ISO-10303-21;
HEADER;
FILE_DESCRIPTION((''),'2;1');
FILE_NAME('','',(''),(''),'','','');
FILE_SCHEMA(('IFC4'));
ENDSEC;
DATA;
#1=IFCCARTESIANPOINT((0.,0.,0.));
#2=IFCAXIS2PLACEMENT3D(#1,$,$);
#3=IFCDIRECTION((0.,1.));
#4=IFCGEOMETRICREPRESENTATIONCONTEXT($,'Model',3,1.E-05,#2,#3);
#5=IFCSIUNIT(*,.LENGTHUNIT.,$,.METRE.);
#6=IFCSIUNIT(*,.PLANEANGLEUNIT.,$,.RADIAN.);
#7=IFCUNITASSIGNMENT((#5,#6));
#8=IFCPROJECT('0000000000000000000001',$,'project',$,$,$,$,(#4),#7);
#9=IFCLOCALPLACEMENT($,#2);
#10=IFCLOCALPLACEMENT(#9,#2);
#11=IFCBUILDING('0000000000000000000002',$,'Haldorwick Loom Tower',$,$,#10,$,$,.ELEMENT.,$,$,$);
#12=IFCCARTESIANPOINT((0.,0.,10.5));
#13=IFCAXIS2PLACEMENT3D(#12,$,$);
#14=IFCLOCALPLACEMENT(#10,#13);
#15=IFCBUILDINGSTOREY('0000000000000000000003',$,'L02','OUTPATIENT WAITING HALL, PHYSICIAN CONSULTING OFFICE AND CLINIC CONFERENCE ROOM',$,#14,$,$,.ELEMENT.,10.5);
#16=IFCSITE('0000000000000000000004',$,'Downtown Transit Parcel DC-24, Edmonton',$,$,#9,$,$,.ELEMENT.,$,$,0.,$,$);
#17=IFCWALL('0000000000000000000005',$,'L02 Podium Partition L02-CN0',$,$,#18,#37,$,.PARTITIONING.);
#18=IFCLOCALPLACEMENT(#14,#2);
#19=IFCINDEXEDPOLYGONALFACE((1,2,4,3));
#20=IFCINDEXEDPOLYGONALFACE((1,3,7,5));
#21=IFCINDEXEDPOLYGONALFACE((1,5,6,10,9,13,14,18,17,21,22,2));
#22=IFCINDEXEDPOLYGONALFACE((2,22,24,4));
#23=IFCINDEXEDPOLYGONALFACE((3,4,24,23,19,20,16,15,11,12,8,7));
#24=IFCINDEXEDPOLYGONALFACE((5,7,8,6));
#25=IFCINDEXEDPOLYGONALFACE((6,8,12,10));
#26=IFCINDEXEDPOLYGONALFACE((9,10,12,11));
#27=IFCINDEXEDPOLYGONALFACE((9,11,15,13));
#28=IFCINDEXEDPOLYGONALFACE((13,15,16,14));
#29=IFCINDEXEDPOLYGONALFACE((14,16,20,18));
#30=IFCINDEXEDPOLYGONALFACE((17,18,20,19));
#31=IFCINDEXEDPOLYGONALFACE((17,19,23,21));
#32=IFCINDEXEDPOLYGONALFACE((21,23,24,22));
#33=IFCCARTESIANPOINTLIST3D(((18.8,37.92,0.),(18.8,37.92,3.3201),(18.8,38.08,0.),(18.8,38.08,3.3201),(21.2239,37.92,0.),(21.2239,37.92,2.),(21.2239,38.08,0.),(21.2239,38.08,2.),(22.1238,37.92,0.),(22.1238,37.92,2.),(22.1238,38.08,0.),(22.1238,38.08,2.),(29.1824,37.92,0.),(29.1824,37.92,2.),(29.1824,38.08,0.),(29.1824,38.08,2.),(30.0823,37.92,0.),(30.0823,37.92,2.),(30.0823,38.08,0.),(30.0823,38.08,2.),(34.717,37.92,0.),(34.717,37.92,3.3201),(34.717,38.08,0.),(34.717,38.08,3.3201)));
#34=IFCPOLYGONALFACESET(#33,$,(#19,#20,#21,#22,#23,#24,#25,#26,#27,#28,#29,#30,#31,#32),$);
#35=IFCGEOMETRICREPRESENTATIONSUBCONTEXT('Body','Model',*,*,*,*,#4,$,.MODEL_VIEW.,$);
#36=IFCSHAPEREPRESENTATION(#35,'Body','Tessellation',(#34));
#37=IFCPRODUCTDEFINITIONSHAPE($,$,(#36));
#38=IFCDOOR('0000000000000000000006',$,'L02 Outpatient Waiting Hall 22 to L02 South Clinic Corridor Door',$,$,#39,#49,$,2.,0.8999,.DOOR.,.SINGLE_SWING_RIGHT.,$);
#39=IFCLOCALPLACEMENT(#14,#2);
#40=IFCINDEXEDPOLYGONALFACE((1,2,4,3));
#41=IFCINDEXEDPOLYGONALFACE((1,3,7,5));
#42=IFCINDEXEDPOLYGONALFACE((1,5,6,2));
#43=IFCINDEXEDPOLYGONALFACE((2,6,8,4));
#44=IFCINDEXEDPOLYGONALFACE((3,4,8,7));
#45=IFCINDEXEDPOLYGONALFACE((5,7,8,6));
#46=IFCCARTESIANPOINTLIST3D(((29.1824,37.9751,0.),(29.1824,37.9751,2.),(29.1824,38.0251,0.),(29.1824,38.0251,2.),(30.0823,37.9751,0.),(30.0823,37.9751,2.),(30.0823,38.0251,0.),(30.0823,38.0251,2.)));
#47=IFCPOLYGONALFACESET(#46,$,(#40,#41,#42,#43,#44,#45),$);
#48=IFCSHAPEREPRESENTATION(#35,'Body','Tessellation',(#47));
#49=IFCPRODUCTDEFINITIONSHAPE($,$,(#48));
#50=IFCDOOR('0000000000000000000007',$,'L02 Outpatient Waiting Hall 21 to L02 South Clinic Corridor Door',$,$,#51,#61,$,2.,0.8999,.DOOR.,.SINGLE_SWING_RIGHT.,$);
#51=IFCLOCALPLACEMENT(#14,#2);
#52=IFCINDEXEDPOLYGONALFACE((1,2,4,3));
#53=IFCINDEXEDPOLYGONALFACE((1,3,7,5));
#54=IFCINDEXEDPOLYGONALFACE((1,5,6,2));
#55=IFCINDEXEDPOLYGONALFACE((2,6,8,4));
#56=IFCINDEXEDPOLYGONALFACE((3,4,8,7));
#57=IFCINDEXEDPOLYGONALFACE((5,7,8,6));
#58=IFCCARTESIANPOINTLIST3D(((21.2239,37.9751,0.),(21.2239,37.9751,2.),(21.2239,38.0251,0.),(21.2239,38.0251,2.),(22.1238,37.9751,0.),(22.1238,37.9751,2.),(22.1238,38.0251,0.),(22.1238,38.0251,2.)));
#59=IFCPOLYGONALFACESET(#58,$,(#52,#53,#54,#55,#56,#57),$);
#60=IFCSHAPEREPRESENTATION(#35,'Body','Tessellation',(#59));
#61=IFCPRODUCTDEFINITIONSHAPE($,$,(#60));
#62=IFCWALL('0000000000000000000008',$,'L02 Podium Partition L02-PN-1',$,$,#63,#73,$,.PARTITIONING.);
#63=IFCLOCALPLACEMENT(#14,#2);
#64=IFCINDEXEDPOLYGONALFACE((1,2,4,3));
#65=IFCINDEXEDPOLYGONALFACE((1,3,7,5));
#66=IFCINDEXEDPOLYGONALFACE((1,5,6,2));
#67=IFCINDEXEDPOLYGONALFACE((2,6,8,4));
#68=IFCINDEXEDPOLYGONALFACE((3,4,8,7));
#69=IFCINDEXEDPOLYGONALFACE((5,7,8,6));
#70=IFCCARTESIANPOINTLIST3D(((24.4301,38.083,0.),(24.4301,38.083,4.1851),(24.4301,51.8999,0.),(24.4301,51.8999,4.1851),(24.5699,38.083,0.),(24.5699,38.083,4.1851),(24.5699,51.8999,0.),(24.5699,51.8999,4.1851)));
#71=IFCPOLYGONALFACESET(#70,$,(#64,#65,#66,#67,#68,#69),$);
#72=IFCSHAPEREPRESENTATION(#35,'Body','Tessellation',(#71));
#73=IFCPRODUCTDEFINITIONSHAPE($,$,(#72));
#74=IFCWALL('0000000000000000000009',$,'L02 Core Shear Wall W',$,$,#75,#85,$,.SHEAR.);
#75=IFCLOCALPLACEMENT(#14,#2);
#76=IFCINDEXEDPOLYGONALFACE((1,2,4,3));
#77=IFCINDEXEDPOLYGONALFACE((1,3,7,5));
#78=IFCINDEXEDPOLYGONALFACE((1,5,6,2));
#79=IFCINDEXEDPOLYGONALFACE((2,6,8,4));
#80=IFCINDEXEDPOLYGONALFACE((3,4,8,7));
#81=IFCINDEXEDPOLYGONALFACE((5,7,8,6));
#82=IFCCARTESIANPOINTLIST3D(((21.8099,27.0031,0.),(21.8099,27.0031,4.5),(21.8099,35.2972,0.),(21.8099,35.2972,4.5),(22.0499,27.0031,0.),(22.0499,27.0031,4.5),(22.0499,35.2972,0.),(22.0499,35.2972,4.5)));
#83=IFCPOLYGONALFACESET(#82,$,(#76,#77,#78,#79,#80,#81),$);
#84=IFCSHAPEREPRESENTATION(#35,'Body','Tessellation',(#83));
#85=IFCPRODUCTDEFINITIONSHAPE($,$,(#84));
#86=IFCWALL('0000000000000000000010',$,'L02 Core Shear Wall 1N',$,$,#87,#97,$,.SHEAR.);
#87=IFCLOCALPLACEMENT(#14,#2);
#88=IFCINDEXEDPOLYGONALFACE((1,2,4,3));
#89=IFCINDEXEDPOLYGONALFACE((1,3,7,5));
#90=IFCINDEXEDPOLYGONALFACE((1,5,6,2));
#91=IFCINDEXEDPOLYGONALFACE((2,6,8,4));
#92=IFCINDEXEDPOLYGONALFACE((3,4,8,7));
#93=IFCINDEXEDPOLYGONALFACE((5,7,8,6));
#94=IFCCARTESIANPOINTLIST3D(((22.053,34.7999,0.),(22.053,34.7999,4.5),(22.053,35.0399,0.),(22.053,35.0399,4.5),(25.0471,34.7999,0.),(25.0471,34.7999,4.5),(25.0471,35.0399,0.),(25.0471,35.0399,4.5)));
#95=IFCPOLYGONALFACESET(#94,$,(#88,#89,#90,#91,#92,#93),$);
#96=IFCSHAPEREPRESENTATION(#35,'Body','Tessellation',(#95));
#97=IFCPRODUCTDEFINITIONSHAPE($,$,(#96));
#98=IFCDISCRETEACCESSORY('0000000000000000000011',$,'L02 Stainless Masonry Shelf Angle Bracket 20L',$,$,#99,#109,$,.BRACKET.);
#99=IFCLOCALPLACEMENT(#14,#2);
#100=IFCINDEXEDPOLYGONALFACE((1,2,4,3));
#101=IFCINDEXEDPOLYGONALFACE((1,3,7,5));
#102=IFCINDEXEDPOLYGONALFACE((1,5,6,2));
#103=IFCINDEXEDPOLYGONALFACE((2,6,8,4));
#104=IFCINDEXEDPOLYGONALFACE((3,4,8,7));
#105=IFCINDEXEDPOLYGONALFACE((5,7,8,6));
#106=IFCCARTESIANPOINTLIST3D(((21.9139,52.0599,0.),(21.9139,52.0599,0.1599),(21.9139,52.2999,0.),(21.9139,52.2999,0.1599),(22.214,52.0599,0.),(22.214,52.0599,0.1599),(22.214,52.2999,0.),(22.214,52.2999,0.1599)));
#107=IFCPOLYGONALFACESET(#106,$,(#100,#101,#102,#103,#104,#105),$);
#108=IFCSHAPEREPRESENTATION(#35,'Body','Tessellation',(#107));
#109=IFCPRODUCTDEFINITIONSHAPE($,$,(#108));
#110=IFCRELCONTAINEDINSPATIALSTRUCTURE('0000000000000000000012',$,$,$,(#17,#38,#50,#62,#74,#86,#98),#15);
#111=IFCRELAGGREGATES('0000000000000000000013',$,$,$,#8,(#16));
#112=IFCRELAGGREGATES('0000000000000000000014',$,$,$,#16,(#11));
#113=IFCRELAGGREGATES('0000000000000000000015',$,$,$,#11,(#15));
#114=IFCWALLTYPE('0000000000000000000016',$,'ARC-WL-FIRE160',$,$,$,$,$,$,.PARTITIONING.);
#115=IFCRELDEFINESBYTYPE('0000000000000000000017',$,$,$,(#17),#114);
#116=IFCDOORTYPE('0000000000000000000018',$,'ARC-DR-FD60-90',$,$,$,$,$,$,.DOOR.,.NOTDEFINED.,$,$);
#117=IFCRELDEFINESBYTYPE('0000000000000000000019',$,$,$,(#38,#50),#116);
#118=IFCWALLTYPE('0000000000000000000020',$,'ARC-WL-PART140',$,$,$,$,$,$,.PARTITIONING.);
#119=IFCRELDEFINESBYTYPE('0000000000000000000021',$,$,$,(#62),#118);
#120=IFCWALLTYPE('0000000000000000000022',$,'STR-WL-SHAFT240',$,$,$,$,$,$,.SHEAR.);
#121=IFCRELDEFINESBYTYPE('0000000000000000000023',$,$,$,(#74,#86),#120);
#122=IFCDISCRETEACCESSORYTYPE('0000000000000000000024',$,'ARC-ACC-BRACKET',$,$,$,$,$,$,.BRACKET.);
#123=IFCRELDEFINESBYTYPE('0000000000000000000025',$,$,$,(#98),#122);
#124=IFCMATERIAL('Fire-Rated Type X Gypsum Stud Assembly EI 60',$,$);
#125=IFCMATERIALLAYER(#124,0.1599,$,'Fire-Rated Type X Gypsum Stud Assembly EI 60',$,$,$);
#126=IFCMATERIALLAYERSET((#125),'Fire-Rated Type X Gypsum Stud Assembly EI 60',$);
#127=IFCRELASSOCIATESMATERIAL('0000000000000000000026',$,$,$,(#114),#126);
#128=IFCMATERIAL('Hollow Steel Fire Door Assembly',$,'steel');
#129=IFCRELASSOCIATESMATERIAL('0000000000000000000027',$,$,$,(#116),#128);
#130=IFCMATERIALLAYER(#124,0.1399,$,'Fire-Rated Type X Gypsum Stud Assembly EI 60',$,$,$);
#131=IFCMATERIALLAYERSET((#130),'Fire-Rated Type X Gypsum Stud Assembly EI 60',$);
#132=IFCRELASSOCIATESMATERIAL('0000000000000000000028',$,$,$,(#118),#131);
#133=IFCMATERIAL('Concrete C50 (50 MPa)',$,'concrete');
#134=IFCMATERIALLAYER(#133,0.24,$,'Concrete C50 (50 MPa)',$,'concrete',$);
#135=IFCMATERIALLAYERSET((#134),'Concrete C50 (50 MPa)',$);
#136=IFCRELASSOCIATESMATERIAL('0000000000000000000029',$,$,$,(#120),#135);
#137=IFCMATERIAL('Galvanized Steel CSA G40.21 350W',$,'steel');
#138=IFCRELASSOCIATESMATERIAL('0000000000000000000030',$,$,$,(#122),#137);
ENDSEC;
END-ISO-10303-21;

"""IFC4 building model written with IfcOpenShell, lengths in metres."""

from ifc_helpers import new_model, si_unit, direction, frame, frame_2d, origin, origin_2d, place, context, subcontext, project, spatial, rectangle, extrude, material, layer, layer_set, type_object, element, fill, save


model = new_model("IFC4")

# Units and contexts
model_context = context("Model", 3, precision=1e-05, world=origin(), true_north=direction((0.0, 1.0)))
body_context = subcontext(model_context, "Body", "Model", "MODEL_VIEW")
ifc_project = project(units=[si_unit("LENGTHUNIT", "METRE"), si_unit("PLANEANGLEUNIT", "RADIAN")], contexts=[model_context])

# Site, building, storey
site_placement = place(None, origin())
site = spatial("IfcSite", under=ifc_project, at=site_placement, Name="Downtown Transit Parcel DC-24, Edmonton", CompositionType="ELEMENT", RefElevation=0.0)
building_placement = place(site_placement, origin())
building = spatial("IfcBuilding", under=site, at=building_placement, Name="Haldorwick Loom Tower", CompositionType="ELEMENT")
storey_placement = place(building_placement, frame((0.0, 0.0, 10.5)))
storey = spatial("IfcBuildingStorey", under=building, at=storey_placement, Name="L02", Description="OUTPATIENT WAITING HALL, PHYSICIAN CONSULTING OFFICE AND CLINIC CONFERENCE ROOM", CompositionType="ELEMENT", Elevation=10.5)

# Wall, openings, doors
ifc_material_1 = material(Name="Fire-Rated Type X Gypsum Stud Assembly EI 60")
ifc_layer_1 = layer(ifc_material_1, 0.1599, Name="Fire-Rated Type X Gypsum Stud Assembly EI 60")
ifc_layer_set_1 = layer_set([ifc_layer_1], Name="Fire-Rated Type X Gypsum Stud Assembly EI 60")
wall_type_1 = type_object("IfcWallType", Name="ARC-WL-FIRE160", PredefinedType="PARTITIONING", material=ifc_layer_set_1)
wall_1_placement = place(storey_placement, frame((18.8, 38.0, 0.0), z_axis=(0.0, 0.0, 1.0), x_axis=(1.0, 0.0, 0.0)))
wall_1 = element("IfcWall", 1, at=wall_1_placement, inside=storey, type_object=wall_type_1, Name="L02 Podium Partition L02-CN0", PredefinedType="PARTITIONING", context=body_context, shape_type="SweptSolid", body=[
    extrude(rectangle(XDim=15.917, YDim=0.1599, at=frame_2d((7.9585, 0.0))), origin(), (0.0, 0.0, 1.0), 3.3201),
])
opening_1_placement = place(wall_1_placement, frame((10.3823, 0.0, 0.0)))
opening_1 = element("IfcOpeningElement", 2, at=opening_1_placement, cuts=wall_1, PredefinedType="OPENING", context=body_context, shape_type="SweptSolid", body=[
    extrude(rectangle(XDim=0.8999, YDim=2.0, at=frame_2d((0.45, 1.0))), frame((0.0, 0.0898, 0.0), z_axis=(0.0, -1.0, 0.0), x_axis=(1.0, 0.0, 0.0)), (0.0, 0.0, 1.0), 0.1799),
])
opening_2_placement = place(wall_1_placement, frame((2.4238, 0.0, 0.0)))
opening_2 = element("IfcOpeningElement", 3, at=opening_2_placement, cuts=wall_1, PredefinedType="OPENING", context=body_context, shape_type="SweptSolid", body=[
    extrude(rectangle(XDim=0.8999, YDim=2.0, at=frame_2d((0.45, 1.0))), frame((0.0, 0.0898, 0.0), z_axis=(0.0, -1.0, 0.0), x_axis=(1.0, 0.0, 0.0)), (0.0, 0.0, 1.0), 0.1799),
])
ifc_material_2 = material(Name="Hollow Steel Fire Door Assembly", Category="steel")
door_type = type_object("IfcDoorType", Name="ARC-DR-FD60-90", OperationType="NOTDEFINED", PredefinedType="DOOR", material=ifc_material_2)
door_1_placement = place(opening_1_placement, frame((0.8999, 0.0, 0.0), z_axis=(0.0, 0.0, 1.0), x_axis=(-1.0, 0.0, 0.0)))
door_1 = element("IfcDoor", 4, at=door_1_placement, inside=storey, type_object=door_type, Name="L02 Outpatient Waiting Hall 22 to L02 South Clinic Corridor Door", OperationType="SINGLE_SWING_RIGHT", OverallHeight=2.0, OverallWidth=0.8999, PredefinedType="DOOR", context=body_context, shape_type="SweptSolid", body=[
    extrude(rectangle(XDim=0.8999, YDim=2.0, at=frame_2d((0.45, 1.0))), frame((0.0, 0.0249, 0.0), z_axis=(0.0, -1.0, 0.0), x_axis=(1.0, 0.0, 0.0)), (0.0, 0.0, 1.0), 0.05),
])
fill(opening_1, door_1)
door_2_placement = place(opening_2_placement, frame((0.8999, 0.0, 0.0), z_axis=(0.0, 0.0, 1.0), x_axis=(-1.0, 0.0, 0.0)))
door_2 = element("IfcDoor", 5, at=door_2_placement, inside=storey, type_object=door_type, Name="L02 Outpatient Waiting Hall 21 to L02 South Clinic Corridor Door", OperationType="SINGLE_SWING_RIGHT", OverallHeight=2.0, OverallWidth=0.8999, PredefinedType="DOOR", context=body_context, shape_type="SweptSolid", body=[
    extrude(rectangle(XDim=0.8999, YDim=2.0, at=frame_2d((0.45, 1.0))), frame((0.0, 0.0249, 0.0), z_axis=(0.0, -1.0, 0.0), x_axis=(1.0, 0.0, 0.0)), (0.0, 0.0, 1.0), 0.05),
])
fill(opening_2, door_2)

# Walls
ifc_layer_2 = layer(ifc_material_1, 0.1399, Name="Fire-Rated Type X Gypsum Stud Assembly EI 60")
ifc_layer_set_2 = layer_set([ifc_layer_2], Name="Fire-Rated Type X Gypsum Stud Assembly EI 60")
wall_type_2 = type_object("IfcWallType", Name="ARC-WL-PART140", PredefinedType="PARTITIONING", material=ifc_layer_set_2)
wall_2_placement = place(storey_placement, frame((24.5, 38.083, 0.0), z_axis=(0.0, 0.0, 1.0), x_axis=(0.0, 1.0, 0.0)))
element("IfcWall", 6, at=wall_2_placement, inside=storey, type_object=wall_type_2, Name="L02 Podium Partition L02-PN-1", PredefinedType="PARTITIONING", context=body_context, shape_type="SweptSolid", body=[
    extrude(rectangle(XDim=13.8169, YDim=0.1399, at=frame_2d((6.9084, 0.0))), origin(), (0.0, 0.0, 1.0), 4.1851),
])
ifc_material_3 = material(Name="Concrete C50 (50 MPa)", Category="concrete")
ifc_layer_3 = layer(ifc_material_3, 0.24, Name="Concrete C50 (50 MPa)", Category="concrete")
ifc_layer_set_3 = layer_set([ifc_layer_3], Name="Concrete C50 (50 MPa)")
wall_type_3 = type_object("IfcWallType", Name="STR-WL-SHAFT240", PredefinedType="SHEAR", material=ifc_layer_set_3)
wall_3_placement = place(storey_placement, frame((21.9299, 35.2971, 0.0), z_axis=(0.0, 0.0, 1.0), x_axis=(0.0, -1.0, 0.0)))
element("IfcWall", 7, at=wall_3_placement, inside=storey, type_object=wall_type_3, Name="L02 Core Shear Wall W", PredefinedType="SHEAR", context=body_context, shape_type="SweptSolid", body=[
    extrude(rectangle(XDim=8.2942, YDim=0.24, at=frame_2d((4.147, 0.0))), origin(), (0.0, 0.0, 1.0), 4.5),
])
wall_4_placement = place(storey_placement, frame((22.053, 34.9199, 0.0), z_axis=(0.0, 0.0, 1.0), x_axis=(1.0, 0.0, 0.0)))
element("IfcWall", 8, at=wall_4_placement, inside=storey, type_object=wall_type_3, Name="L02 Core Shear Wall 1N", PredefinedType="SHEAR", context=body_context, shape_type="SweptSolid", body=[
    extrude(rectangle(XDim=2.9941, YDim=0.24, at=frame_2d((1.4971, 0.0))), origin(), (0.0, 0.0, 1.0), 4.5),
])

# Discrete accessory
ifc_material_4 = material(Name="Galvanized Steel CSA G40.21 350W", Category="steel")
discrete_accessory_type = type_object("IfcDiscreteAccessoryType", Name="ARC-ACC-BRACKET", PredefinedType="BRACKET", material=ifc_material_4)
discrete_accessory_placement = place(storey_placement, frame((22.064, 52.1799, 0.0), z_axis=(0.0, 0.0, 1.0), x_axis=(-1.0, 0.0, 0.0)))
element("IfcDiscreteAccessory", 9, at=discrete_accessory_placement, inside=storey, type_object=discrete_accessory_type, Name="L02 Stainless Masonry Shelf Angle Bracket 20L", PredefinedType="BRACKET", context=body_context, shape_type="SweptSolid", body=[
    extrude(rectangle(XDim=0.3, YDim=0.24, at=origin_2d()), origin(), (0.0, 0.0, 1.0), 0.1599),
])

save(model, "model.ifc")
